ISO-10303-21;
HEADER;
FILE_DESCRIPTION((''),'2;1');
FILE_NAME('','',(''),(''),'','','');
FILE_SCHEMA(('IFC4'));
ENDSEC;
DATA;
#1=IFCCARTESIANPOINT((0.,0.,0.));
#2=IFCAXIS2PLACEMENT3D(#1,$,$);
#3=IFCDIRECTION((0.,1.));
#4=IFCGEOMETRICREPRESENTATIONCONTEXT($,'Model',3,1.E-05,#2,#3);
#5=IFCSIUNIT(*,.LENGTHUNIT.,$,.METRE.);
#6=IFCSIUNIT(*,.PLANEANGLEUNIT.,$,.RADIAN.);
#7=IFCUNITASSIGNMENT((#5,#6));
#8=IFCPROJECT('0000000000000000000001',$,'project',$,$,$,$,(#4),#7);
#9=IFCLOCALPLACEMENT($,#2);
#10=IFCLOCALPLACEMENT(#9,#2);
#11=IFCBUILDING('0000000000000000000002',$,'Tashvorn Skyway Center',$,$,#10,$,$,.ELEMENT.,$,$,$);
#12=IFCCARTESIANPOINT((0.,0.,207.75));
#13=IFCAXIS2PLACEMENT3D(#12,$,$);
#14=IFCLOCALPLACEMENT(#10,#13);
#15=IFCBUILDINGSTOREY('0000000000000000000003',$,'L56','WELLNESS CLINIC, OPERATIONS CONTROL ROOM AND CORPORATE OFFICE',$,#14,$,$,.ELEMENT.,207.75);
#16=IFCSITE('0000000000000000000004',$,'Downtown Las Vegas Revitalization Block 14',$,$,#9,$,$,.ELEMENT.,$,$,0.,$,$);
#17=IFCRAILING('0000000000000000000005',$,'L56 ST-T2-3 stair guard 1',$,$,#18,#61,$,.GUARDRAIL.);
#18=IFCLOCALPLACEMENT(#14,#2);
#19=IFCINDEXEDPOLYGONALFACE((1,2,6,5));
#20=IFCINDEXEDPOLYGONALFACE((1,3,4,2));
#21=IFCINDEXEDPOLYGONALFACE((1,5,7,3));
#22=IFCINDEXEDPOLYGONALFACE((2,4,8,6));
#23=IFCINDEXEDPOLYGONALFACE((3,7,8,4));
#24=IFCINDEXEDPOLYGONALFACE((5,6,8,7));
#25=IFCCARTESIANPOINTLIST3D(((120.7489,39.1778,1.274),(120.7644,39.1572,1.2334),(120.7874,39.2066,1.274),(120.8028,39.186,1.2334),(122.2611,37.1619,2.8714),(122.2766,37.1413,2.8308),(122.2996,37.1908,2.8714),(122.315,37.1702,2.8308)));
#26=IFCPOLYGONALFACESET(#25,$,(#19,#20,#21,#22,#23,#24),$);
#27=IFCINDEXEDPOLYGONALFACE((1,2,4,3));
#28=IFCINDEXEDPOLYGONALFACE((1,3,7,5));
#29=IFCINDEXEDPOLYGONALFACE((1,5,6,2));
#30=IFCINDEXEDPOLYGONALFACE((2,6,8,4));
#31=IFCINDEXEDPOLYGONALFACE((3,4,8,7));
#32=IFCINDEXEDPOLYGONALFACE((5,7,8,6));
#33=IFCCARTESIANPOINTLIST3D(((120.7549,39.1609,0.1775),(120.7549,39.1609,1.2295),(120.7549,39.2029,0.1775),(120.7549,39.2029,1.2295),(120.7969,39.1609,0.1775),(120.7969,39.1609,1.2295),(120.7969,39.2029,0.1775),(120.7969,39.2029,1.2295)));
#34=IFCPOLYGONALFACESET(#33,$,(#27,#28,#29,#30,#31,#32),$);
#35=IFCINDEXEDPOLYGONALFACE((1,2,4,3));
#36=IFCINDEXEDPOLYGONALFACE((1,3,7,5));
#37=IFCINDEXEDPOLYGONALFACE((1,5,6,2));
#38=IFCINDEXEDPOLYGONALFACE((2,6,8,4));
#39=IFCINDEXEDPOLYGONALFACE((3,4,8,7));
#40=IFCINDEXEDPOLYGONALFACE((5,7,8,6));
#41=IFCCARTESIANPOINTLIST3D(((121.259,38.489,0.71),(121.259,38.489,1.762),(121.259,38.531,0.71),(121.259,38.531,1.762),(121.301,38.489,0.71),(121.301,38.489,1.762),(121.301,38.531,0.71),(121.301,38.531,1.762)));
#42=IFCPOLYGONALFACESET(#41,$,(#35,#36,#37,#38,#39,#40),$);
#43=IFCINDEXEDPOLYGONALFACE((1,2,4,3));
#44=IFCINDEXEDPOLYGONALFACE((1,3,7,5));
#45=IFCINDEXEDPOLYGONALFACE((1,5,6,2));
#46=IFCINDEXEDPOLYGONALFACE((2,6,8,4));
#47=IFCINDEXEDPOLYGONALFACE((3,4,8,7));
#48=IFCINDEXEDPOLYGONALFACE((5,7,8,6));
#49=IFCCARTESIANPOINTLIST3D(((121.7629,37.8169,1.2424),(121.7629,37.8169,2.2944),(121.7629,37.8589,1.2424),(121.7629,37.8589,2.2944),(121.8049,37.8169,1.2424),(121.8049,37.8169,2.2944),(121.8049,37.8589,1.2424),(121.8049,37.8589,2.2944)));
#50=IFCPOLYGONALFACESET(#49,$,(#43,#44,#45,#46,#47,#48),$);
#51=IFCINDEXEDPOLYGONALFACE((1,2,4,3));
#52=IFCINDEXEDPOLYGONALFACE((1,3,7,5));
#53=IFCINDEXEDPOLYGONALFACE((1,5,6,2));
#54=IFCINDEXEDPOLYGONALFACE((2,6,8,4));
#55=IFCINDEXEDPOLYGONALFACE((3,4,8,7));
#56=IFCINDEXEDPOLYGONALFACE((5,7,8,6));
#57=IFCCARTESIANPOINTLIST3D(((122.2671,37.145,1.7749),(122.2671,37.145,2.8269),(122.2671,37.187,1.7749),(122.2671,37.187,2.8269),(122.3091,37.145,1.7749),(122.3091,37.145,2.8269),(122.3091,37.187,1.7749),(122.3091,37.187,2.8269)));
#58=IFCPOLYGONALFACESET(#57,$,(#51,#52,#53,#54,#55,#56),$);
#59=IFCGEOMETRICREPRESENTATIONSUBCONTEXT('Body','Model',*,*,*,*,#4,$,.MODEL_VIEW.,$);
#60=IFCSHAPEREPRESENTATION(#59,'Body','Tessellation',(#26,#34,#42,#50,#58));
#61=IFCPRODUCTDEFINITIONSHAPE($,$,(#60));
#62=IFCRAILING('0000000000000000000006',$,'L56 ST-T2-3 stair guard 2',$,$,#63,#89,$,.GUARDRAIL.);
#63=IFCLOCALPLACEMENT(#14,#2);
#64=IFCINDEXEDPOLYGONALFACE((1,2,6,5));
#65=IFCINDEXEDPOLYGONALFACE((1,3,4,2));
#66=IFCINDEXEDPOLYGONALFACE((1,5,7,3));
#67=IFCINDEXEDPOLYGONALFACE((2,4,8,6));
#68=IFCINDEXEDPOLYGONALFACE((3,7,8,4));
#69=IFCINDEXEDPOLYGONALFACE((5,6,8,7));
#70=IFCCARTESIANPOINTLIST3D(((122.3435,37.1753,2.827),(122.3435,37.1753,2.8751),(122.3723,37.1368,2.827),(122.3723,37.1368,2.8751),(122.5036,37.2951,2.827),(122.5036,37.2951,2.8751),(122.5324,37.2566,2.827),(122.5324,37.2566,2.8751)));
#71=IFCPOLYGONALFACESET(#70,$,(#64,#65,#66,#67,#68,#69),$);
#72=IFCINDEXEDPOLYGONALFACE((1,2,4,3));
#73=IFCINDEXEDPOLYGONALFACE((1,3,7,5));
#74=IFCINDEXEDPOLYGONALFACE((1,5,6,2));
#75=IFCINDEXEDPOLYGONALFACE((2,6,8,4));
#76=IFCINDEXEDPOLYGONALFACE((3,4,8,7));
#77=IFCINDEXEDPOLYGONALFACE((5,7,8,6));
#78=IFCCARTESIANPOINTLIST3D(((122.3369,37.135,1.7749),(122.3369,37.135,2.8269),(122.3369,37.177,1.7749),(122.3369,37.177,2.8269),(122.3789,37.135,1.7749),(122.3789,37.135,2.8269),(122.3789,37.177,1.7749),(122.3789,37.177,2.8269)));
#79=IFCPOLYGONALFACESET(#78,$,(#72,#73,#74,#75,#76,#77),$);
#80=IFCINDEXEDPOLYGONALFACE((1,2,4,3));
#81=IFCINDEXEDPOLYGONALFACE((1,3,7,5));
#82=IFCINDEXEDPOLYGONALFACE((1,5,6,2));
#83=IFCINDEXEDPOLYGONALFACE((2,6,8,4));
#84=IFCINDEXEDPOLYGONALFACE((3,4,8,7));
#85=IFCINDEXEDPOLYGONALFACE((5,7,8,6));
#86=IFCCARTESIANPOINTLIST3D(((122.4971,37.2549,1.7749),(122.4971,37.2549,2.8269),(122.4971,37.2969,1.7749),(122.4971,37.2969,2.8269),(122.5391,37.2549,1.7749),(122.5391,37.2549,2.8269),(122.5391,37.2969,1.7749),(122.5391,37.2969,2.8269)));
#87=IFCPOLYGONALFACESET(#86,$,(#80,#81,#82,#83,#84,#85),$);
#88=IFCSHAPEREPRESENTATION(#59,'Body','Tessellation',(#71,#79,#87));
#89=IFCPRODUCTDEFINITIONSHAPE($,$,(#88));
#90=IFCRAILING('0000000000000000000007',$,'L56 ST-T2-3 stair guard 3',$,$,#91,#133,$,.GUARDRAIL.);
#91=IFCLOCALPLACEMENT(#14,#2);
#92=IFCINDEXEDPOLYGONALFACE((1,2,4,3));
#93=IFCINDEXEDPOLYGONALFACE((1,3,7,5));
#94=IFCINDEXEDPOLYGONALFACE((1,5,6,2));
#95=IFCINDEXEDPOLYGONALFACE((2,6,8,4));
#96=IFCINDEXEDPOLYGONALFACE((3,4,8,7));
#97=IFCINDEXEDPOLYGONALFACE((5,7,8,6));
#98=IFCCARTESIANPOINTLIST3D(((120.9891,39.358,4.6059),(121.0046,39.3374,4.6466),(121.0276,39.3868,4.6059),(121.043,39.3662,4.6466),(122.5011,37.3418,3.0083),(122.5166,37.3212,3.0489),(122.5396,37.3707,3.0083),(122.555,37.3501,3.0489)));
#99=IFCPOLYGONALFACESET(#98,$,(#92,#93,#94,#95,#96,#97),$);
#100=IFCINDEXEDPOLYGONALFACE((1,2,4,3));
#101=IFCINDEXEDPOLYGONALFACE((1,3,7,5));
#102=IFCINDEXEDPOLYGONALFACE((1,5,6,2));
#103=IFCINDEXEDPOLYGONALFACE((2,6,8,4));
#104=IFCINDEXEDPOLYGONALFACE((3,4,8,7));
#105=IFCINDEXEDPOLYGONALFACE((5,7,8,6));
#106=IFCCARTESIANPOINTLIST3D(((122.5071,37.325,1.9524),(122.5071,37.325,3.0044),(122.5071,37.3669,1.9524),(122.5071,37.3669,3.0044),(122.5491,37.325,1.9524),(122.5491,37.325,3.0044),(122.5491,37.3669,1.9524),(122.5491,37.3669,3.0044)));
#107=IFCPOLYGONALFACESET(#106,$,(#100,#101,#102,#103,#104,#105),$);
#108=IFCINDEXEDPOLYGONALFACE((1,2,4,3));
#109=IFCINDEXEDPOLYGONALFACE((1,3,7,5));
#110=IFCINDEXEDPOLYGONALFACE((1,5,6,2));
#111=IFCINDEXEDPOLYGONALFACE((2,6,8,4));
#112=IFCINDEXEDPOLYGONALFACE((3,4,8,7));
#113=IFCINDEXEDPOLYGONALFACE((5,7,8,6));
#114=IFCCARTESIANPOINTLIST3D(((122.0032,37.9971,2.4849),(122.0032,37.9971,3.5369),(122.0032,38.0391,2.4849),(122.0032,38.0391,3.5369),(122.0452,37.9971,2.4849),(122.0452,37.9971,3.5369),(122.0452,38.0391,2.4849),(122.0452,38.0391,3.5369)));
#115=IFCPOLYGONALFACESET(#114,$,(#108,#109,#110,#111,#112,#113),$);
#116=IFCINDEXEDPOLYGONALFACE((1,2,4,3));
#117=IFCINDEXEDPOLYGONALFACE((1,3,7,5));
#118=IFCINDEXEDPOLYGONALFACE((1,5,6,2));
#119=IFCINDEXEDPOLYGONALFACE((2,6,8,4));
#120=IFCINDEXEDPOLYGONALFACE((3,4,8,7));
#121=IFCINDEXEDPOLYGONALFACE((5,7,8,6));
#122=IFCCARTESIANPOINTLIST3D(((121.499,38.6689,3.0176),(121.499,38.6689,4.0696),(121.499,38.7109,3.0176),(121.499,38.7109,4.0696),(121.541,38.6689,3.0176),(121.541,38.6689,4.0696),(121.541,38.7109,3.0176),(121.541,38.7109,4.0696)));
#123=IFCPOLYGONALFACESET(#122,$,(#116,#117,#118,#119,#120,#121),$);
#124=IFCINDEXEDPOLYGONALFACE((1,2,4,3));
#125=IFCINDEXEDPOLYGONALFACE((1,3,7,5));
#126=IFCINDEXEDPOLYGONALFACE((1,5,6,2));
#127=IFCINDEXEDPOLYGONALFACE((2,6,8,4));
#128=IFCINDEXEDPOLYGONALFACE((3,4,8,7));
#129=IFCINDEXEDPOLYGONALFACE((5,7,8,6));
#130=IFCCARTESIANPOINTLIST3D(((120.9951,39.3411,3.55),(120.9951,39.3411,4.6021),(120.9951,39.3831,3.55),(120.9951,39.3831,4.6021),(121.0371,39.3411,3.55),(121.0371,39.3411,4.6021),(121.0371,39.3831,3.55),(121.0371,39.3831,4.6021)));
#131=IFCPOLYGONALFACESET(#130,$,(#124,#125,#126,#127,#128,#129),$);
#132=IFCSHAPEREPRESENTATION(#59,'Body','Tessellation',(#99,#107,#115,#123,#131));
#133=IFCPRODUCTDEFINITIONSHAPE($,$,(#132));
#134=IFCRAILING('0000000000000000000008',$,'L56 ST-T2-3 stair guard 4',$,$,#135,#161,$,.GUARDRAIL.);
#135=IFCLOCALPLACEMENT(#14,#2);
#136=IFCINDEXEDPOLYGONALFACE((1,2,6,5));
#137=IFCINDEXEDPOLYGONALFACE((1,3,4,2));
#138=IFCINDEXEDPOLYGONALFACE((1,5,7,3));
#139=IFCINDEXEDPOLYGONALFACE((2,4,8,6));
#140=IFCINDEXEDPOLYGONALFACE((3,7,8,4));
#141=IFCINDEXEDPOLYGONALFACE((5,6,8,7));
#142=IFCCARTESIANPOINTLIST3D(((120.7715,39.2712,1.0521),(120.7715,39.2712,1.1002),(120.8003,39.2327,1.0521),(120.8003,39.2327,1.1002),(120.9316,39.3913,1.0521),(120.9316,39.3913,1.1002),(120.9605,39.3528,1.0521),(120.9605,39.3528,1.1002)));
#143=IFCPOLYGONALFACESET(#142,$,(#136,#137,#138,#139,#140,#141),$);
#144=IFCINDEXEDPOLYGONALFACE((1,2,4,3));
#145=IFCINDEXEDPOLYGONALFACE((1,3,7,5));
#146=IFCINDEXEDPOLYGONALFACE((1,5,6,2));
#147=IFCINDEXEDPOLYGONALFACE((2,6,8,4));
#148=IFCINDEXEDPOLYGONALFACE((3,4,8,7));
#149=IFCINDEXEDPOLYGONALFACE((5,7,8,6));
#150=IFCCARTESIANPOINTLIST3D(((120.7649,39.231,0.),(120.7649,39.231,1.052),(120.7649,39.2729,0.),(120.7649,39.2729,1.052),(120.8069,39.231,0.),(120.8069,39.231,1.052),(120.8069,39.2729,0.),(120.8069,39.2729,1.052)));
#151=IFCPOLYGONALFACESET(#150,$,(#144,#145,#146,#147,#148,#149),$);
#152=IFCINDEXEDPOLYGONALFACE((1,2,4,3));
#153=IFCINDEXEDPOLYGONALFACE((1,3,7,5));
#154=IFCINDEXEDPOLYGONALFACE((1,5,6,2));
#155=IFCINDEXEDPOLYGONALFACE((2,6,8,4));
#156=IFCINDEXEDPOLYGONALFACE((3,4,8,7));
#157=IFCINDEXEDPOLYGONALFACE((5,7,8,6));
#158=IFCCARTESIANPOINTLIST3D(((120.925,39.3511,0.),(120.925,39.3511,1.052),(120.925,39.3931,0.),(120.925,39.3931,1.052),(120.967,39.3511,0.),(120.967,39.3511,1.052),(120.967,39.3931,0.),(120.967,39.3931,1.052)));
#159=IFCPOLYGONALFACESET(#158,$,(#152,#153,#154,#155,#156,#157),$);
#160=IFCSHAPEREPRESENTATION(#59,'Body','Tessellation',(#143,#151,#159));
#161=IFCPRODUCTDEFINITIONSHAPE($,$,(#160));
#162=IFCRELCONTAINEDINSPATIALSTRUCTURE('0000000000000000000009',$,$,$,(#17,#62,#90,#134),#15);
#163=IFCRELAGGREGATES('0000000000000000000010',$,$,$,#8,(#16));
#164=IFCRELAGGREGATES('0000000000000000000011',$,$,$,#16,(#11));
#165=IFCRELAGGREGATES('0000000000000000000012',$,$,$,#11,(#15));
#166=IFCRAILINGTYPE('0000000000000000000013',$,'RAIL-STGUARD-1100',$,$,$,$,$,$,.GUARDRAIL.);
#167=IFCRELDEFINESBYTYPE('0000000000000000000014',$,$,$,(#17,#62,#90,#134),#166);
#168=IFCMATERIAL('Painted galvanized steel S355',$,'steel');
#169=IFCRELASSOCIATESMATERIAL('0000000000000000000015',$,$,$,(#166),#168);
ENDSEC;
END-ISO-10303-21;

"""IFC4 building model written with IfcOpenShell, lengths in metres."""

from ifc_helpers import new_model, si_unit, direction, frame, origin, origin_2d, place, context, subcontext, project, spatial, rectangle, extrude, material, type_object, element, save


model = new_model("IFC4")

# Units and contexts
model_context = context("Model", 3, precision=1e-05, world=origin(), true_north=direction((0.0, 1.0)))
body_context = subcontext(model_context, "Body", "Model", "MODEL_VIEW")
ifc_project = project(units=[si_unit("LENGTHUNIT", "METRE"), si_unit("PLANEANGLEUNIT", "RADIAN")], contexts=[model_context])

# Site, building, storey
site_placement = place(None, origin())
site = spatial("IfcSite", under=ifc_project, at=site_placement, Name="Downtown Las Vegas Revitalization Block 14", CompositionType="ELEMENT", RefElevation=0.0)
building_placement = place(site_placement, origin())
building = spatial("IfcBuilding", under=site, at=building_placement, Name="Tashvorn Skyway Center", CompositionType="ELEMENT")
storey_placement = place(building_placement, frame((0.0, 0.0, 207.75)))
storey = spatial("IfcBuildingStorey", under=building, at=storey_placement, Name="L56", Description="WELLNESS CLINIC, OPERATIONS CONTROL ROOM AND CORPORATE OFFICE", CompositionType="ELEMENT", Elevation=207.75)

# Railings
ifc_material_1 = material(Name="Painted galvanized steel S355", Category="steel")
railing_type_1 = type_object("IfcRailingType", Name="RAIL-STGUARD-1100", PredefinedType="GUARDRAIL", material=ifc_material_1)
railing_1_placement = place(storey_placement, frame((120.7759, 39.1819, 0.1775)))
element("IfcRailing", 1, at=railing_1_placement, inside=storey, type_object=railing_type_1, Name="L56 ST-T2-3 stair guard 1", PredefinedType="GUARDRAIL", context=body_context, shape_type="SweptSolid", body=[
    extrude(rectangle(XDim=0.0481, YDim=0.0481, at=origin_2d()), frame((0.0, 0.0, 1.0762), z_axis=(0.50683, -0.675636, 0.535387), x_axis=(0.799942, 0.600078, 0.0)), (0.0, 0.0, 1.0), 2.9836),
    extrude(rectangle(XDim=0.042, YDim=0.042, at=origin_2d()), origin(), (0.0, 0.0, 1.0), 1.052),
    extrude(rectangle(XDim=0.042, YDim=0.042, at=origin_2d()), frame((0.5042, -0.6719, 0.5325)), (0.0, 0.0, 1.0), 1.052),
    extrude(rectangle(XDim=0.042, YDim=0.042, at=origin_2d()), frame((1.0081, -1.344, 1.0649)), (0.0, 0.0, 1.0), 1.052),
    extrude(rectangle(XDim=0.042, YDim=0.042, at=origin_2d()), frame((1.5122, -2.0159, 1.5974)), (0.0, 0.0, 1.0), 1.052),
])
railing_2_placement = place(storey_placement, frame((122.3579, 37.156, 1.7749)))
element("IfcRailing", 2, at=railing_2_placement, inside=storey, type_object=railing_type_1, Name="L56 ST-T2-3 stair guard 2", PredefinedType="GUARDRAIL", context=body_context, shape_type="SweptSolid", body=[
    extrude(rectangle(XDim=0.0481, YDim=0.0481, at=origin_2d()), frame((0.0, 0.0, 1.0762), z_axis=(0.800585, 0.599219, 0.0), x_axis=(-0.599219, 0.800585, 0.0)), (0.0, 0.0, 1.0), 0.2),
    extrude(rectangle(XDim=0.042, YDim=0.042, at=origin_2d()), origin(), (0.0, 0.0, 1.0), 1.052),
    extrude(rectangle(XDim=0.042, YDim=0.042, at=origin_2d()), frame((0.1602, 0.1199, 0.0)), (0.0, 0.0, 1.0), 1.052),
])
railing_3_placement = place(storey_placement, frame((122.5281, 37.3459, 1.9524)))
element("IfcRailing", 3, at=railing_3_placement, inside=storey, type_object=railing_type_1, Name="L56 ST-T2-3 stair guard 3", PredefinedType="GUARDRAIL", context=body_context, shape_type="SweptSolid", body=[
    extrude(rectangle(XDim=0.0481, YDim=0.0481, at=origin_2d()), frame((0.0, 0.0, 1.0762), z_axis=(-0.506719, 0.675679, 0.535438), x_axis=(-0.800023, -0.599969, 0.0)), (0.0, 0.0, 1.0), 2.9839),
    extrude(rectangle(XDim=0.042, YDim=0.042, at=origin_2d()), origin(), (0.0, 0.0, 1.0), 1.052),
    extrude(rectangle(XDim=0.042, YDim=0.042, at=origin_2d()), frame((-0.5039, 0.6721, 0.5325)), (0.0, 0.0, 1.0), 1.052),
    extrude(rectangle(XDim=0.042, YDim=0.042, at=origin_2d()), frame((-1.0081, 1.344, 1.0652)), (0.0, 0.0, 1.0), 1.052),
    extrude(rectangle(XDim=0.042, YDim=0.042, at=origin_2d()), frame((-1.512, 2.0161, 1.5977)), (0.0, 0.0, 1.0), 1.052),
])
railing_4_placement = place(storey_placement, frame((120.7859, 39.252, 0.0)))
element("IfcRailing", 4, at=railing_4_placement, inside=storey, type_object=railing_type_1, Name="L56 ST-T2-3 stair guard 4", PredefinedType="GUARDRAIL", context=body_context, shape_type="SweptSolid", body=[
    extrude(rectangle(XDim=0.0481, YDim=0.0481, at=origin_2d()), frame((0.0, 0.0, 1.0762), z_axis=(0.8, 0.6, 0.0), x_axis=(-0.6, 0.8, 0.0)), (0.0, 0.0, 1.0), 0.2002),
    extrude(rectangle(XDim=0.042, YDim=0.042, at=origin_2d()), origin(), (0.0, 0.0, 1.0), 1.052),
    extrude(rectangle(XDim=0.042, YDim=0.042, at=origin_2d()), frame((0.1602, 0.1201, 0.0)), (0.0, 0.0, 1.0), 1.052),
])

save(model, "model.ifc")
